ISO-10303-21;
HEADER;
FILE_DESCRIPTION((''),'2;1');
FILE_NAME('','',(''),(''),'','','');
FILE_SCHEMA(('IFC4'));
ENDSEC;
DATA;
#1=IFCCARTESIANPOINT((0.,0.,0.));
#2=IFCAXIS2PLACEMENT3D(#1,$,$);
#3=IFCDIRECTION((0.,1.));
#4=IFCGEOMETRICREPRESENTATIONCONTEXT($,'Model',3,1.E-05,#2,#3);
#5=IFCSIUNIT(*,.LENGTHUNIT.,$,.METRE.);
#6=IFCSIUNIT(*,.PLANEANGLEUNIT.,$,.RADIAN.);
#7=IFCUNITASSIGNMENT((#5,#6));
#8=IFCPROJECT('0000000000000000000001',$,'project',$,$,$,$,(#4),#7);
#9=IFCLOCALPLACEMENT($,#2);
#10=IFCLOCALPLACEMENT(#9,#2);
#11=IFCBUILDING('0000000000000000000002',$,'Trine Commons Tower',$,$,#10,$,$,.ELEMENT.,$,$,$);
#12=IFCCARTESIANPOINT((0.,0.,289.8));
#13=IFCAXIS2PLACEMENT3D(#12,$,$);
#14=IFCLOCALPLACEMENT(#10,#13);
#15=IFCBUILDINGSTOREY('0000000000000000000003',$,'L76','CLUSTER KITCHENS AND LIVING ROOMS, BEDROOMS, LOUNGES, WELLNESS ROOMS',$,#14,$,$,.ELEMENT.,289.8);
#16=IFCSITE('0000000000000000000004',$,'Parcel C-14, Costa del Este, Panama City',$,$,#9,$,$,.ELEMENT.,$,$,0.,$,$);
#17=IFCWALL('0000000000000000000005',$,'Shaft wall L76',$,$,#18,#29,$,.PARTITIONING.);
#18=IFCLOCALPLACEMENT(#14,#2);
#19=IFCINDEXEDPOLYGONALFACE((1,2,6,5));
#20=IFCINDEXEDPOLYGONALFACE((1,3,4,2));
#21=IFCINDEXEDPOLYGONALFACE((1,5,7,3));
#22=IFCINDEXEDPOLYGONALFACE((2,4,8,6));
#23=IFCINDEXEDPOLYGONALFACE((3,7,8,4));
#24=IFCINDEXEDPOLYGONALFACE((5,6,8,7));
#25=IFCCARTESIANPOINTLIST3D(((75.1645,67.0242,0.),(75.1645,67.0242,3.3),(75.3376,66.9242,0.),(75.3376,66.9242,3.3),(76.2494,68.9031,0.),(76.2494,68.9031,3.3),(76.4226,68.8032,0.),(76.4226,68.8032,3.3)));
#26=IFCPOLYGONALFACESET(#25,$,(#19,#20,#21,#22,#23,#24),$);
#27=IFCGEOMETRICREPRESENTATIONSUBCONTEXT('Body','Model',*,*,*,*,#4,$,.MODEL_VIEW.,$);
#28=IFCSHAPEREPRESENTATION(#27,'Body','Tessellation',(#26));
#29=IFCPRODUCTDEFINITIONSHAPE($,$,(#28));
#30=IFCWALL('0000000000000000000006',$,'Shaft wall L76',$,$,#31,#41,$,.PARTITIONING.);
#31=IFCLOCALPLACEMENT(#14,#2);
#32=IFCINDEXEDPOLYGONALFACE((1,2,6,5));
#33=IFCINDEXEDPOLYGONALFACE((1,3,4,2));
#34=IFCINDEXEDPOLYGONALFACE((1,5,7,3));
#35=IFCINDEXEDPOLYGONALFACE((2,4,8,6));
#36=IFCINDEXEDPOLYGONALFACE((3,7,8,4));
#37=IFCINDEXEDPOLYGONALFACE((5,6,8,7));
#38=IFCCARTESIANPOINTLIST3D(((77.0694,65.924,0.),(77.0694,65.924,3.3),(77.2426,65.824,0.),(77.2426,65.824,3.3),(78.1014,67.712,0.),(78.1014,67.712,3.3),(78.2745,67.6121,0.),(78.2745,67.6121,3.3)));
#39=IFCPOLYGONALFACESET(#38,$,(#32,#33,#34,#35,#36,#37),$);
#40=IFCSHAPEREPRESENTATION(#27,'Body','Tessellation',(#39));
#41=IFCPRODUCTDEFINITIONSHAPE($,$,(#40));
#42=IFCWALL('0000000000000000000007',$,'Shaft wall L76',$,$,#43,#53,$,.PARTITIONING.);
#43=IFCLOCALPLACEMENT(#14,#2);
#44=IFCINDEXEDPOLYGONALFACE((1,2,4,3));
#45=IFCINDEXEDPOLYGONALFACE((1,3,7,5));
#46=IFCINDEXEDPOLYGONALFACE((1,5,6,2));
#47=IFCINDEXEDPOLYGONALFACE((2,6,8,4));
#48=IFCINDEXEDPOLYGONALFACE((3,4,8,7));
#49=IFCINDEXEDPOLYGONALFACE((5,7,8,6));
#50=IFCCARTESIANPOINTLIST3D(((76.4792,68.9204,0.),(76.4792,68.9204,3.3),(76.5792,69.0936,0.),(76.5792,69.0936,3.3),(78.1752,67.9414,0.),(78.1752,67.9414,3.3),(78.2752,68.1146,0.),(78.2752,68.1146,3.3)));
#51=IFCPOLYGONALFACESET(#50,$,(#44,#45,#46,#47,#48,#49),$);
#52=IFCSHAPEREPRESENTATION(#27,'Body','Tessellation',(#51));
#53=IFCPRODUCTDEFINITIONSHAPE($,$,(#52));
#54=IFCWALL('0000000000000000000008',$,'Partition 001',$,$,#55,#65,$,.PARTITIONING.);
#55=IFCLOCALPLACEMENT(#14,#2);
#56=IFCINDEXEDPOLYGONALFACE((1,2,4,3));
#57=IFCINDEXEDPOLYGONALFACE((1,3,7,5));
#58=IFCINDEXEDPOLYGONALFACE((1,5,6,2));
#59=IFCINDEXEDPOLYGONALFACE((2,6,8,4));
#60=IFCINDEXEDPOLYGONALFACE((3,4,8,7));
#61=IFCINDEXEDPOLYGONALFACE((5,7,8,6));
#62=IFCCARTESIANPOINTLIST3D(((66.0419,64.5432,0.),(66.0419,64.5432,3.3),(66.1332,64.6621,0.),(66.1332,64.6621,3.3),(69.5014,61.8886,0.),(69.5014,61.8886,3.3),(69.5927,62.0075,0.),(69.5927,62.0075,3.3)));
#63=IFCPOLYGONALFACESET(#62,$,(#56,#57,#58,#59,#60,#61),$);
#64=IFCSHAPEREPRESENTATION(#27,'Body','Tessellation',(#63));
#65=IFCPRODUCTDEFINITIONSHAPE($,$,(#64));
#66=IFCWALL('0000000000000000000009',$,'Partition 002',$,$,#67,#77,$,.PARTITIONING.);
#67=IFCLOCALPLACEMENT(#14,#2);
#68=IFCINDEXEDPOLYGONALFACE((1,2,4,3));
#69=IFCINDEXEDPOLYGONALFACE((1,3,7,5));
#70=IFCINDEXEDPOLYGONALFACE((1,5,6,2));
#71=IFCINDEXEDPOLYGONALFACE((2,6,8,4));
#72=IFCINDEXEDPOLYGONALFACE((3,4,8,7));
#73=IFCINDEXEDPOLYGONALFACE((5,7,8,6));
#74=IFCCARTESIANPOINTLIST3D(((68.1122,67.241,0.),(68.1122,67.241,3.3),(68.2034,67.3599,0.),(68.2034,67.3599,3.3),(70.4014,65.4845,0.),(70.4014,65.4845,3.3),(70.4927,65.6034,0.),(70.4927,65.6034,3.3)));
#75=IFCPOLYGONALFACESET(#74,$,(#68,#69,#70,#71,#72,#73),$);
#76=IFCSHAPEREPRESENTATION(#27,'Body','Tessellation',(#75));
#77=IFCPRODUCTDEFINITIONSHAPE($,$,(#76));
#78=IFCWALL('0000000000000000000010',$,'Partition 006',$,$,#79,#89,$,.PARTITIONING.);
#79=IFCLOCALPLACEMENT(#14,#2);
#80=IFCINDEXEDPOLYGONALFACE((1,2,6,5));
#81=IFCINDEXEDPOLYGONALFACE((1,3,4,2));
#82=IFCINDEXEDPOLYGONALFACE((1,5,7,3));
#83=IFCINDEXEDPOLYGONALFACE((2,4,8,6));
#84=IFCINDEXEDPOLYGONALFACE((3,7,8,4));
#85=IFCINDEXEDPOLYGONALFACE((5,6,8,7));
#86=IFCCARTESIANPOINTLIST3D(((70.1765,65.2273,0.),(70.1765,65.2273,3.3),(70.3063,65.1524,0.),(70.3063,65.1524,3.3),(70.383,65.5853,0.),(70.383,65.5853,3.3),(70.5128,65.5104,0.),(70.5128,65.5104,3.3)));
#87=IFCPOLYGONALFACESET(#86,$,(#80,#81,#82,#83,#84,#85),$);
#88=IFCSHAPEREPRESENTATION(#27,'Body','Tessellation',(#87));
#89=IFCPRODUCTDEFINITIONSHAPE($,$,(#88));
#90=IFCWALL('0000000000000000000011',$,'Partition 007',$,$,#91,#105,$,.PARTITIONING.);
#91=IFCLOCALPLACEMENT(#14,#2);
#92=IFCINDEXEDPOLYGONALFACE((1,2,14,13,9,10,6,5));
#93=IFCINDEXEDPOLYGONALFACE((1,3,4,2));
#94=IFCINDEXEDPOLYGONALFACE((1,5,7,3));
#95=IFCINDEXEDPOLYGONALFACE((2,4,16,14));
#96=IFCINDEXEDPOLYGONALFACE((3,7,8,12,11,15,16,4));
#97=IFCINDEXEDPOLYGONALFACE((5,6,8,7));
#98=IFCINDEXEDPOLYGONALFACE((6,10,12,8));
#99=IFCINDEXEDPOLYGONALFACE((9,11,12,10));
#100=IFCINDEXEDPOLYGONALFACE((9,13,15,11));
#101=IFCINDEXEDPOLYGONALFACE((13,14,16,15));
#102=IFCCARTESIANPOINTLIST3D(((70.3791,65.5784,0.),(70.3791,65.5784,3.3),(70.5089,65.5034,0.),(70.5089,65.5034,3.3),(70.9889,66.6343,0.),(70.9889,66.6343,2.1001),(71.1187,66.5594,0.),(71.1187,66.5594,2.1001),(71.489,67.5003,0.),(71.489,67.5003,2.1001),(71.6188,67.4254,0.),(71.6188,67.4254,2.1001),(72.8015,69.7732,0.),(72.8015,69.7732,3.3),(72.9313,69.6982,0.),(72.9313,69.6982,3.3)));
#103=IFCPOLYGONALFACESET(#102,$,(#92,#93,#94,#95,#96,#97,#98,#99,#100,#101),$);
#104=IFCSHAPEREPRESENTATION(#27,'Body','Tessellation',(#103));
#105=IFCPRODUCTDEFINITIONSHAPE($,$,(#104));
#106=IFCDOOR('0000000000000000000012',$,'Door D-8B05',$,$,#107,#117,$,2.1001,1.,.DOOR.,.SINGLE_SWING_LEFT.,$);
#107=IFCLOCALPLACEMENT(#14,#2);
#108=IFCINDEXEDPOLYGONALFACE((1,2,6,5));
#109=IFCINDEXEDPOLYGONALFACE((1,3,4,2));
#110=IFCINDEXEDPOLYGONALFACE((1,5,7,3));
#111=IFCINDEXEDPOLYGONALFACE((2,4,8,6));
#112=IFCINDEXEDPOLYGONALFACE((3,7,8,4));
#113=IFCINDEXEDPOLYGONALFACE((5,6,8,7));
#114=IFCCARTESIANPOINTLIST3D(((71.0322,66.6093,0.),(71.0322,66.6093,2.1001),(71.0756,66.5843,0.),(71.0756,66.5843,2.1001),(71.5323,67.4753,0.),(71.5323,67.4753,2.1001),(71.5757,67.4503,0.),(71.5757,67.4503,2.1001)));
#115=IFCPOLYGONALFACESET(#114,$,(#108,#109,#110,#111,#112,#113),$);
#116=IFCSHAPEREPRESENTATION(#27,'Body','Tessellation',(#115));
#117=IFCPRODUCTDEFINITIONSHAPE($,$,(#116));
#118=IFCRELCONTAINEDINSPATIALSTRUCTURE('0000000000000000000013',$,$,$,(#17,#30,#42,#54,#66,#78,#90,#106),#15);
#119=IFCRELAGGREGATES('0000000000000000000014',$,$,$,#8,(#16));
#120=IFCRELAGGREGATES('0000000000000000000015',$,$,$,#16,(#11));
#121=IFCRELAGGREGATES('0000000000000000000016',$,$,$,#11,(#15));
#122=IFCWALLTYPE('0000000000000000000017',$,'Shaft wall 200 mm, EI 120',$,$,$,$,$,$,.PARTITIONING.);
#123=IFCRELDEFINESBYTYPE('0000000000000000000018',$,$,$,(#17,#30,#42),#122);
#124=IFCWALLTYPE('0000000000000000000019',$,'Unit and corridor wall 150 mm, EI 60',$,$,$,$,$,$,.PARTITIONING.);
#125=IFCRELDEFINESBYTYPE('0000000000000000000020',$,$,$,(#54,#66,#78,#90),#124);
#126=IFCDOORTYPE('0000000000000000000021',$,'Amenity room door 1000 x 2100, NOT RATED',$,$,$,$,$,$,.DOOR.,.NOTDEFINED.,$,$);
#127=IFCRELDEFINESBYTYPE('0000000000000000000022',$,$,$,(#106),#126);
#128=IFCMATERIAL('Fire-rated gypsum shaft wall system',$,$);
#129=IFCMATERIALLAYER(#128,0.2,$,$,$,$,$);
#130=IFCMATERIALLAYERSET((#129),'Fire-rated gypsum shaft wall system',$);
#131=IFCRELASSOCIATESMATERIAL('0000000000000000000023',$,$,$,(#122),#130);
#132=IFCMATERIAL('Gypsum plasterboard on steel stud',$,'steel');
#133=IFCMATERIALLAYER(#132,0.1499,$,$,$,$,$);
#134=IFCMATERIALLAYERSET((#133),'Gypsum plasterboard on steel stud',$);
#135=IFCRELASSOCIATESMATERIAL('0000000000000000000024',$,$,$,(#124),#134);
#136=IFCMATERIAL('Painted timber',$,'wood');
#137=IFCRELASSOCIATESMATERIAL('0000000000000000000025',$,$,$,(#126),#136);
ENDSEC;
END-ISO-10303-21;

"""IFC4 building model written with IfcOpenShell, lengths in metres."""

from ifc_helpers import new_model, si_unit, direction, frame, frame_2d, origin, place, context, subcontext, project, spatial, rectangle, extrude, material, layer, layer_set, type_object, element, fill, save


model = new_model("IFC4")

# Units and contexts
model_context = context("Model", 3, precision=1e-05, world=origin(), true_north=direction((0.0, 1.0)))
body_context = subcontext(model_context, "Body", "Model", "MODEL_VIEW")
ifc_project = project(units=[si_unit("LENGTHUNIT", "METRE"), si_unit("PLANEANGLEUNIT", "RADIAN")], contexts=[model_context])

# Site, building, storey
site_placement = place(None, origin())
site = spatial("IfcSite", under=ifc_project, at=site_placement, Name="Parcel C-14, Costa del Este, Panama City", CompositionType="ELEMENT", RefElevation=0.0)
building_placement = place(site_placement, origin())
building = spatial("IfcBuilding", under=site, at=building_placement, Name="Trine Commons Tower", CompositionType="ELEMENT")
storey_placement = place(building_placement, frame((0.0, 0.0, 289.8)))
storey = spatial("IfcBuildingStorey", under=building, at=storey_placement, Name="L76", Description="CLUSTER KITCHENS AND LIVING ROOMS, BEDROOMS, LOUNGES, WELLNESS ROOMS", CompositionType="ELEMENT", Elevation=289.8)

# Shared definitions
ifc_material_1 = material(Name="Fire-rated gypsum shaft wall system")

# Walls
ifc_layer_1 = layer(ifc_material_1, 0.2)
ifc_layer_set_1 = layer_set([ifc_layer_1], Name="Fire-rated gypsum shaft wall system")
wall_type_1 = type_object("IfcWallType", Name="Shaft wall 200 mm, EI 120", PredefinedType="PARTITIONING", material=ifc_layer_set_1)
wall_1_placement = place(storey_placement, frame((75.251, 66.9741, 0.0), z_axis=(0.0, 0.0, 1.0), x_axis=(0.50006, 0.865991, 0.0)))
element("IfcWall", 1, at=wall_1_placement, inside=storey, type_object=wall_type_1, Name="Shaft wall L76", PredefinedType="PARTITIONING", context=body_context, shape_type="SweptSolid", body=[
    extrude(rectangle(XDim=2.1697, YDim=0.2, at=frame_2d((1.085, 0.0))), origin(), (0.0, 0.0, 1.0), 3.3),
])
wall_2_placement = place(storey_placement, frame((77.156, 65.874, 0.0), z_axis=(0.0, 0.0, 1.0), x_axis=(0.499866, 0.866103, 0.0)))
element("IfcWall", 2, at=wall_2_placement, inside=storey, type_object=wall_type_1, Name="Shaft wall L76", PredefinedType="PARTITIONING", context=body_context, shape_type="SweptSolid", body=[
    extrude(rectangle(XDim=2.0645, YDim=0.2, at=frame_2d((1.0322, 0.0))), origin(), (0.0, 0.0, 1.0), 3.3),
])
wall_3_placement = place(storey_placement, frame((78.2251, 68.0281, 0.0), z_axis=(0.0, 0.0, 1.0), x_axis=(-0.866071, 0.49992, 0.0)))
element("IfcWall", 3, at=wall_3_placement, inside=storey, type_object=wall_type_1, Name="Shaft wall L76", PredefinedType="PARTITIONING", context=body_context, shape_type="SweptSolid", body=[
    extrude(rectangle(XDim=1.9583, YDim=0.2, at=frame_2d((0.979, 0.0))), origin(), (0.0, 0.0, 1.0), 3.3),
])
ifc_material_2 = material(Name="Gypsum plasterboard on steel stud", Category="steel")
ifc_layer_2 = layer(ifc_material_2, 0.1499)
ifc_layer_set_2 = layer_set([ifc_layer_2], Name="Gypsum plasterboard on steel stud")
wall_type_2 = type_object("IfcWallType", Name="Unit and corridor wall 150 mm, EI 60", PredefinedType="PARTITIONING", material=ifc_layer_set_2)
wall_4_placement = place(storey_placement, frame((66.0876, 64.6025, 0.0), z_axis=(0.0, 0.0, 1.0), x_axis=(0.793354, -0.608761, 0.0)))
element("IfcWall", 4, at=wall_4_placement, inside=storey, type_object=wall_type_2, Name="Partition 001", PredefinedType="PARTITIONING", context=body_context, shape_type="SweptSolid", body=[
    extrude(rectangle(XDim=4.3606, YDim=0.1499, at=frame_2d((2.1802, 0.0))), origin(), (0.0, 0.0, 1.0), 3.3),
])
wall_5_placement = place(storey_placement, frame((68.1577, 67.3005, 0.0), z_axis=(0.0, 0.0, 1.0), x_axis=(0.793363, -0.608749, 0.0)))
element("IfcWall", 5, at=wall_5_placement, inside=storey, type_object=wall_type_2, Name="Partition 002", PredefinedType="PARTITIONING", context=body_context, shape_type="SweptSolid", body=[
    extrude(rectangle(XDim=2.8855, YDim=0.1499, at=frame_2d((1.4429, 0.0))), origin(), (0.0, 0.0, 1.0), 3.3),
])
wall_6_placement = place(storey_placement, frame((70.2415, 65.1899, 0.0), z_axis=(0.0, 0.0, 1.0), x_axis=(0.499569, 0.866274, 0.0)))
element("IfcWall", 6, at=wall_6_placement, inside=storey, type_object=wall_type_2, Name="Partition 006", PredefinedType="PARTITIONING", context=body_context, shape_type="SweptSolid", body=[
    extrude(rectangle(XDim=0.4133, YDim=0.1499, at=frame_2d((0.2065, 0.0))), origin(), (0.0, 0.0, 1.0), 3.3),
])

# Wall, opening, door
wall_7_placement = place(storey_placement, frame((70.4441, 65.541, 0.0), z_axis=(0.0, 0.0, 1.0), x_axis=(0.500074, 0.865982, 0.0)))
wall_7 = element("IfcWall", 7, at=wall_7_placement, inside=storey, type_object=wall_type_2, Name="Partition 007", PredefinedType="PARTITIONING", context=body_context, shape_type="SweptSolid", body=[
    extrude(rectangle(XDim=4.844, YDim=0.1499, at=frame_2d((2.4219, 0.0))), origin(), (0.0, 0.0, 1.0), 3.3),
])
opening_1_placement = place(wall_7_placement, frame((1.2192, 0.0, 0.0)))
opening_1 = element("IfcOpeningElement", 8, at=opening_1_placement, cuts=wall_7, PredefinedType="OPENING", context=body_context, shape_type="SweptSolid", body=[
    extrude(rectangle(XDim=1.0, YDim=2.1001, at=frame_2d((0.5, 1.05))), frame((0.0, 0.085, 0.0), z_axis=(0.0, -1.0, 0.0), x_axis=(1.0, 0.0, 0.0)), (0.0, 0.0, 1.0), 0.1699),
])
ifc_material_3 = material(Name="Painted timber", Category="wood")
door_type_1 = type_object("IfcDoorType", Name="Amenity room door 1000 x 2100, NOT RATED", OperationType="NOTDEFINED", PredefinedType="DOOR", material=ifc_material_3)
door_1_placement = place(opening_1_placement, origin())
door_1 = element("IfcDoor", 9, at=door_1_placement, inside=storey, type_object=door_type_1, Name="Door D-8B05", OperationType="SINGLE_SWING_LEFT", OverallHeight=2.1001, OverallWidth=1.0, PredefinedType="DOOR", context=body_context, shape_type="SweptSolid", body=[
    extrude(rectangle(XDim=1.0, YDim=2.1001, at=frame_2d((0.5, 1.05))), frame((0.0, 0.0249, 0.0), z_axis=(0.0, -1.0, 0.0), x_axis=(1.0, 0.0, 0.0)), (0.0, 0.0, 1.0), 0.05),
])
fill(opening_1, door_1)

save(model, "model.ifc")
